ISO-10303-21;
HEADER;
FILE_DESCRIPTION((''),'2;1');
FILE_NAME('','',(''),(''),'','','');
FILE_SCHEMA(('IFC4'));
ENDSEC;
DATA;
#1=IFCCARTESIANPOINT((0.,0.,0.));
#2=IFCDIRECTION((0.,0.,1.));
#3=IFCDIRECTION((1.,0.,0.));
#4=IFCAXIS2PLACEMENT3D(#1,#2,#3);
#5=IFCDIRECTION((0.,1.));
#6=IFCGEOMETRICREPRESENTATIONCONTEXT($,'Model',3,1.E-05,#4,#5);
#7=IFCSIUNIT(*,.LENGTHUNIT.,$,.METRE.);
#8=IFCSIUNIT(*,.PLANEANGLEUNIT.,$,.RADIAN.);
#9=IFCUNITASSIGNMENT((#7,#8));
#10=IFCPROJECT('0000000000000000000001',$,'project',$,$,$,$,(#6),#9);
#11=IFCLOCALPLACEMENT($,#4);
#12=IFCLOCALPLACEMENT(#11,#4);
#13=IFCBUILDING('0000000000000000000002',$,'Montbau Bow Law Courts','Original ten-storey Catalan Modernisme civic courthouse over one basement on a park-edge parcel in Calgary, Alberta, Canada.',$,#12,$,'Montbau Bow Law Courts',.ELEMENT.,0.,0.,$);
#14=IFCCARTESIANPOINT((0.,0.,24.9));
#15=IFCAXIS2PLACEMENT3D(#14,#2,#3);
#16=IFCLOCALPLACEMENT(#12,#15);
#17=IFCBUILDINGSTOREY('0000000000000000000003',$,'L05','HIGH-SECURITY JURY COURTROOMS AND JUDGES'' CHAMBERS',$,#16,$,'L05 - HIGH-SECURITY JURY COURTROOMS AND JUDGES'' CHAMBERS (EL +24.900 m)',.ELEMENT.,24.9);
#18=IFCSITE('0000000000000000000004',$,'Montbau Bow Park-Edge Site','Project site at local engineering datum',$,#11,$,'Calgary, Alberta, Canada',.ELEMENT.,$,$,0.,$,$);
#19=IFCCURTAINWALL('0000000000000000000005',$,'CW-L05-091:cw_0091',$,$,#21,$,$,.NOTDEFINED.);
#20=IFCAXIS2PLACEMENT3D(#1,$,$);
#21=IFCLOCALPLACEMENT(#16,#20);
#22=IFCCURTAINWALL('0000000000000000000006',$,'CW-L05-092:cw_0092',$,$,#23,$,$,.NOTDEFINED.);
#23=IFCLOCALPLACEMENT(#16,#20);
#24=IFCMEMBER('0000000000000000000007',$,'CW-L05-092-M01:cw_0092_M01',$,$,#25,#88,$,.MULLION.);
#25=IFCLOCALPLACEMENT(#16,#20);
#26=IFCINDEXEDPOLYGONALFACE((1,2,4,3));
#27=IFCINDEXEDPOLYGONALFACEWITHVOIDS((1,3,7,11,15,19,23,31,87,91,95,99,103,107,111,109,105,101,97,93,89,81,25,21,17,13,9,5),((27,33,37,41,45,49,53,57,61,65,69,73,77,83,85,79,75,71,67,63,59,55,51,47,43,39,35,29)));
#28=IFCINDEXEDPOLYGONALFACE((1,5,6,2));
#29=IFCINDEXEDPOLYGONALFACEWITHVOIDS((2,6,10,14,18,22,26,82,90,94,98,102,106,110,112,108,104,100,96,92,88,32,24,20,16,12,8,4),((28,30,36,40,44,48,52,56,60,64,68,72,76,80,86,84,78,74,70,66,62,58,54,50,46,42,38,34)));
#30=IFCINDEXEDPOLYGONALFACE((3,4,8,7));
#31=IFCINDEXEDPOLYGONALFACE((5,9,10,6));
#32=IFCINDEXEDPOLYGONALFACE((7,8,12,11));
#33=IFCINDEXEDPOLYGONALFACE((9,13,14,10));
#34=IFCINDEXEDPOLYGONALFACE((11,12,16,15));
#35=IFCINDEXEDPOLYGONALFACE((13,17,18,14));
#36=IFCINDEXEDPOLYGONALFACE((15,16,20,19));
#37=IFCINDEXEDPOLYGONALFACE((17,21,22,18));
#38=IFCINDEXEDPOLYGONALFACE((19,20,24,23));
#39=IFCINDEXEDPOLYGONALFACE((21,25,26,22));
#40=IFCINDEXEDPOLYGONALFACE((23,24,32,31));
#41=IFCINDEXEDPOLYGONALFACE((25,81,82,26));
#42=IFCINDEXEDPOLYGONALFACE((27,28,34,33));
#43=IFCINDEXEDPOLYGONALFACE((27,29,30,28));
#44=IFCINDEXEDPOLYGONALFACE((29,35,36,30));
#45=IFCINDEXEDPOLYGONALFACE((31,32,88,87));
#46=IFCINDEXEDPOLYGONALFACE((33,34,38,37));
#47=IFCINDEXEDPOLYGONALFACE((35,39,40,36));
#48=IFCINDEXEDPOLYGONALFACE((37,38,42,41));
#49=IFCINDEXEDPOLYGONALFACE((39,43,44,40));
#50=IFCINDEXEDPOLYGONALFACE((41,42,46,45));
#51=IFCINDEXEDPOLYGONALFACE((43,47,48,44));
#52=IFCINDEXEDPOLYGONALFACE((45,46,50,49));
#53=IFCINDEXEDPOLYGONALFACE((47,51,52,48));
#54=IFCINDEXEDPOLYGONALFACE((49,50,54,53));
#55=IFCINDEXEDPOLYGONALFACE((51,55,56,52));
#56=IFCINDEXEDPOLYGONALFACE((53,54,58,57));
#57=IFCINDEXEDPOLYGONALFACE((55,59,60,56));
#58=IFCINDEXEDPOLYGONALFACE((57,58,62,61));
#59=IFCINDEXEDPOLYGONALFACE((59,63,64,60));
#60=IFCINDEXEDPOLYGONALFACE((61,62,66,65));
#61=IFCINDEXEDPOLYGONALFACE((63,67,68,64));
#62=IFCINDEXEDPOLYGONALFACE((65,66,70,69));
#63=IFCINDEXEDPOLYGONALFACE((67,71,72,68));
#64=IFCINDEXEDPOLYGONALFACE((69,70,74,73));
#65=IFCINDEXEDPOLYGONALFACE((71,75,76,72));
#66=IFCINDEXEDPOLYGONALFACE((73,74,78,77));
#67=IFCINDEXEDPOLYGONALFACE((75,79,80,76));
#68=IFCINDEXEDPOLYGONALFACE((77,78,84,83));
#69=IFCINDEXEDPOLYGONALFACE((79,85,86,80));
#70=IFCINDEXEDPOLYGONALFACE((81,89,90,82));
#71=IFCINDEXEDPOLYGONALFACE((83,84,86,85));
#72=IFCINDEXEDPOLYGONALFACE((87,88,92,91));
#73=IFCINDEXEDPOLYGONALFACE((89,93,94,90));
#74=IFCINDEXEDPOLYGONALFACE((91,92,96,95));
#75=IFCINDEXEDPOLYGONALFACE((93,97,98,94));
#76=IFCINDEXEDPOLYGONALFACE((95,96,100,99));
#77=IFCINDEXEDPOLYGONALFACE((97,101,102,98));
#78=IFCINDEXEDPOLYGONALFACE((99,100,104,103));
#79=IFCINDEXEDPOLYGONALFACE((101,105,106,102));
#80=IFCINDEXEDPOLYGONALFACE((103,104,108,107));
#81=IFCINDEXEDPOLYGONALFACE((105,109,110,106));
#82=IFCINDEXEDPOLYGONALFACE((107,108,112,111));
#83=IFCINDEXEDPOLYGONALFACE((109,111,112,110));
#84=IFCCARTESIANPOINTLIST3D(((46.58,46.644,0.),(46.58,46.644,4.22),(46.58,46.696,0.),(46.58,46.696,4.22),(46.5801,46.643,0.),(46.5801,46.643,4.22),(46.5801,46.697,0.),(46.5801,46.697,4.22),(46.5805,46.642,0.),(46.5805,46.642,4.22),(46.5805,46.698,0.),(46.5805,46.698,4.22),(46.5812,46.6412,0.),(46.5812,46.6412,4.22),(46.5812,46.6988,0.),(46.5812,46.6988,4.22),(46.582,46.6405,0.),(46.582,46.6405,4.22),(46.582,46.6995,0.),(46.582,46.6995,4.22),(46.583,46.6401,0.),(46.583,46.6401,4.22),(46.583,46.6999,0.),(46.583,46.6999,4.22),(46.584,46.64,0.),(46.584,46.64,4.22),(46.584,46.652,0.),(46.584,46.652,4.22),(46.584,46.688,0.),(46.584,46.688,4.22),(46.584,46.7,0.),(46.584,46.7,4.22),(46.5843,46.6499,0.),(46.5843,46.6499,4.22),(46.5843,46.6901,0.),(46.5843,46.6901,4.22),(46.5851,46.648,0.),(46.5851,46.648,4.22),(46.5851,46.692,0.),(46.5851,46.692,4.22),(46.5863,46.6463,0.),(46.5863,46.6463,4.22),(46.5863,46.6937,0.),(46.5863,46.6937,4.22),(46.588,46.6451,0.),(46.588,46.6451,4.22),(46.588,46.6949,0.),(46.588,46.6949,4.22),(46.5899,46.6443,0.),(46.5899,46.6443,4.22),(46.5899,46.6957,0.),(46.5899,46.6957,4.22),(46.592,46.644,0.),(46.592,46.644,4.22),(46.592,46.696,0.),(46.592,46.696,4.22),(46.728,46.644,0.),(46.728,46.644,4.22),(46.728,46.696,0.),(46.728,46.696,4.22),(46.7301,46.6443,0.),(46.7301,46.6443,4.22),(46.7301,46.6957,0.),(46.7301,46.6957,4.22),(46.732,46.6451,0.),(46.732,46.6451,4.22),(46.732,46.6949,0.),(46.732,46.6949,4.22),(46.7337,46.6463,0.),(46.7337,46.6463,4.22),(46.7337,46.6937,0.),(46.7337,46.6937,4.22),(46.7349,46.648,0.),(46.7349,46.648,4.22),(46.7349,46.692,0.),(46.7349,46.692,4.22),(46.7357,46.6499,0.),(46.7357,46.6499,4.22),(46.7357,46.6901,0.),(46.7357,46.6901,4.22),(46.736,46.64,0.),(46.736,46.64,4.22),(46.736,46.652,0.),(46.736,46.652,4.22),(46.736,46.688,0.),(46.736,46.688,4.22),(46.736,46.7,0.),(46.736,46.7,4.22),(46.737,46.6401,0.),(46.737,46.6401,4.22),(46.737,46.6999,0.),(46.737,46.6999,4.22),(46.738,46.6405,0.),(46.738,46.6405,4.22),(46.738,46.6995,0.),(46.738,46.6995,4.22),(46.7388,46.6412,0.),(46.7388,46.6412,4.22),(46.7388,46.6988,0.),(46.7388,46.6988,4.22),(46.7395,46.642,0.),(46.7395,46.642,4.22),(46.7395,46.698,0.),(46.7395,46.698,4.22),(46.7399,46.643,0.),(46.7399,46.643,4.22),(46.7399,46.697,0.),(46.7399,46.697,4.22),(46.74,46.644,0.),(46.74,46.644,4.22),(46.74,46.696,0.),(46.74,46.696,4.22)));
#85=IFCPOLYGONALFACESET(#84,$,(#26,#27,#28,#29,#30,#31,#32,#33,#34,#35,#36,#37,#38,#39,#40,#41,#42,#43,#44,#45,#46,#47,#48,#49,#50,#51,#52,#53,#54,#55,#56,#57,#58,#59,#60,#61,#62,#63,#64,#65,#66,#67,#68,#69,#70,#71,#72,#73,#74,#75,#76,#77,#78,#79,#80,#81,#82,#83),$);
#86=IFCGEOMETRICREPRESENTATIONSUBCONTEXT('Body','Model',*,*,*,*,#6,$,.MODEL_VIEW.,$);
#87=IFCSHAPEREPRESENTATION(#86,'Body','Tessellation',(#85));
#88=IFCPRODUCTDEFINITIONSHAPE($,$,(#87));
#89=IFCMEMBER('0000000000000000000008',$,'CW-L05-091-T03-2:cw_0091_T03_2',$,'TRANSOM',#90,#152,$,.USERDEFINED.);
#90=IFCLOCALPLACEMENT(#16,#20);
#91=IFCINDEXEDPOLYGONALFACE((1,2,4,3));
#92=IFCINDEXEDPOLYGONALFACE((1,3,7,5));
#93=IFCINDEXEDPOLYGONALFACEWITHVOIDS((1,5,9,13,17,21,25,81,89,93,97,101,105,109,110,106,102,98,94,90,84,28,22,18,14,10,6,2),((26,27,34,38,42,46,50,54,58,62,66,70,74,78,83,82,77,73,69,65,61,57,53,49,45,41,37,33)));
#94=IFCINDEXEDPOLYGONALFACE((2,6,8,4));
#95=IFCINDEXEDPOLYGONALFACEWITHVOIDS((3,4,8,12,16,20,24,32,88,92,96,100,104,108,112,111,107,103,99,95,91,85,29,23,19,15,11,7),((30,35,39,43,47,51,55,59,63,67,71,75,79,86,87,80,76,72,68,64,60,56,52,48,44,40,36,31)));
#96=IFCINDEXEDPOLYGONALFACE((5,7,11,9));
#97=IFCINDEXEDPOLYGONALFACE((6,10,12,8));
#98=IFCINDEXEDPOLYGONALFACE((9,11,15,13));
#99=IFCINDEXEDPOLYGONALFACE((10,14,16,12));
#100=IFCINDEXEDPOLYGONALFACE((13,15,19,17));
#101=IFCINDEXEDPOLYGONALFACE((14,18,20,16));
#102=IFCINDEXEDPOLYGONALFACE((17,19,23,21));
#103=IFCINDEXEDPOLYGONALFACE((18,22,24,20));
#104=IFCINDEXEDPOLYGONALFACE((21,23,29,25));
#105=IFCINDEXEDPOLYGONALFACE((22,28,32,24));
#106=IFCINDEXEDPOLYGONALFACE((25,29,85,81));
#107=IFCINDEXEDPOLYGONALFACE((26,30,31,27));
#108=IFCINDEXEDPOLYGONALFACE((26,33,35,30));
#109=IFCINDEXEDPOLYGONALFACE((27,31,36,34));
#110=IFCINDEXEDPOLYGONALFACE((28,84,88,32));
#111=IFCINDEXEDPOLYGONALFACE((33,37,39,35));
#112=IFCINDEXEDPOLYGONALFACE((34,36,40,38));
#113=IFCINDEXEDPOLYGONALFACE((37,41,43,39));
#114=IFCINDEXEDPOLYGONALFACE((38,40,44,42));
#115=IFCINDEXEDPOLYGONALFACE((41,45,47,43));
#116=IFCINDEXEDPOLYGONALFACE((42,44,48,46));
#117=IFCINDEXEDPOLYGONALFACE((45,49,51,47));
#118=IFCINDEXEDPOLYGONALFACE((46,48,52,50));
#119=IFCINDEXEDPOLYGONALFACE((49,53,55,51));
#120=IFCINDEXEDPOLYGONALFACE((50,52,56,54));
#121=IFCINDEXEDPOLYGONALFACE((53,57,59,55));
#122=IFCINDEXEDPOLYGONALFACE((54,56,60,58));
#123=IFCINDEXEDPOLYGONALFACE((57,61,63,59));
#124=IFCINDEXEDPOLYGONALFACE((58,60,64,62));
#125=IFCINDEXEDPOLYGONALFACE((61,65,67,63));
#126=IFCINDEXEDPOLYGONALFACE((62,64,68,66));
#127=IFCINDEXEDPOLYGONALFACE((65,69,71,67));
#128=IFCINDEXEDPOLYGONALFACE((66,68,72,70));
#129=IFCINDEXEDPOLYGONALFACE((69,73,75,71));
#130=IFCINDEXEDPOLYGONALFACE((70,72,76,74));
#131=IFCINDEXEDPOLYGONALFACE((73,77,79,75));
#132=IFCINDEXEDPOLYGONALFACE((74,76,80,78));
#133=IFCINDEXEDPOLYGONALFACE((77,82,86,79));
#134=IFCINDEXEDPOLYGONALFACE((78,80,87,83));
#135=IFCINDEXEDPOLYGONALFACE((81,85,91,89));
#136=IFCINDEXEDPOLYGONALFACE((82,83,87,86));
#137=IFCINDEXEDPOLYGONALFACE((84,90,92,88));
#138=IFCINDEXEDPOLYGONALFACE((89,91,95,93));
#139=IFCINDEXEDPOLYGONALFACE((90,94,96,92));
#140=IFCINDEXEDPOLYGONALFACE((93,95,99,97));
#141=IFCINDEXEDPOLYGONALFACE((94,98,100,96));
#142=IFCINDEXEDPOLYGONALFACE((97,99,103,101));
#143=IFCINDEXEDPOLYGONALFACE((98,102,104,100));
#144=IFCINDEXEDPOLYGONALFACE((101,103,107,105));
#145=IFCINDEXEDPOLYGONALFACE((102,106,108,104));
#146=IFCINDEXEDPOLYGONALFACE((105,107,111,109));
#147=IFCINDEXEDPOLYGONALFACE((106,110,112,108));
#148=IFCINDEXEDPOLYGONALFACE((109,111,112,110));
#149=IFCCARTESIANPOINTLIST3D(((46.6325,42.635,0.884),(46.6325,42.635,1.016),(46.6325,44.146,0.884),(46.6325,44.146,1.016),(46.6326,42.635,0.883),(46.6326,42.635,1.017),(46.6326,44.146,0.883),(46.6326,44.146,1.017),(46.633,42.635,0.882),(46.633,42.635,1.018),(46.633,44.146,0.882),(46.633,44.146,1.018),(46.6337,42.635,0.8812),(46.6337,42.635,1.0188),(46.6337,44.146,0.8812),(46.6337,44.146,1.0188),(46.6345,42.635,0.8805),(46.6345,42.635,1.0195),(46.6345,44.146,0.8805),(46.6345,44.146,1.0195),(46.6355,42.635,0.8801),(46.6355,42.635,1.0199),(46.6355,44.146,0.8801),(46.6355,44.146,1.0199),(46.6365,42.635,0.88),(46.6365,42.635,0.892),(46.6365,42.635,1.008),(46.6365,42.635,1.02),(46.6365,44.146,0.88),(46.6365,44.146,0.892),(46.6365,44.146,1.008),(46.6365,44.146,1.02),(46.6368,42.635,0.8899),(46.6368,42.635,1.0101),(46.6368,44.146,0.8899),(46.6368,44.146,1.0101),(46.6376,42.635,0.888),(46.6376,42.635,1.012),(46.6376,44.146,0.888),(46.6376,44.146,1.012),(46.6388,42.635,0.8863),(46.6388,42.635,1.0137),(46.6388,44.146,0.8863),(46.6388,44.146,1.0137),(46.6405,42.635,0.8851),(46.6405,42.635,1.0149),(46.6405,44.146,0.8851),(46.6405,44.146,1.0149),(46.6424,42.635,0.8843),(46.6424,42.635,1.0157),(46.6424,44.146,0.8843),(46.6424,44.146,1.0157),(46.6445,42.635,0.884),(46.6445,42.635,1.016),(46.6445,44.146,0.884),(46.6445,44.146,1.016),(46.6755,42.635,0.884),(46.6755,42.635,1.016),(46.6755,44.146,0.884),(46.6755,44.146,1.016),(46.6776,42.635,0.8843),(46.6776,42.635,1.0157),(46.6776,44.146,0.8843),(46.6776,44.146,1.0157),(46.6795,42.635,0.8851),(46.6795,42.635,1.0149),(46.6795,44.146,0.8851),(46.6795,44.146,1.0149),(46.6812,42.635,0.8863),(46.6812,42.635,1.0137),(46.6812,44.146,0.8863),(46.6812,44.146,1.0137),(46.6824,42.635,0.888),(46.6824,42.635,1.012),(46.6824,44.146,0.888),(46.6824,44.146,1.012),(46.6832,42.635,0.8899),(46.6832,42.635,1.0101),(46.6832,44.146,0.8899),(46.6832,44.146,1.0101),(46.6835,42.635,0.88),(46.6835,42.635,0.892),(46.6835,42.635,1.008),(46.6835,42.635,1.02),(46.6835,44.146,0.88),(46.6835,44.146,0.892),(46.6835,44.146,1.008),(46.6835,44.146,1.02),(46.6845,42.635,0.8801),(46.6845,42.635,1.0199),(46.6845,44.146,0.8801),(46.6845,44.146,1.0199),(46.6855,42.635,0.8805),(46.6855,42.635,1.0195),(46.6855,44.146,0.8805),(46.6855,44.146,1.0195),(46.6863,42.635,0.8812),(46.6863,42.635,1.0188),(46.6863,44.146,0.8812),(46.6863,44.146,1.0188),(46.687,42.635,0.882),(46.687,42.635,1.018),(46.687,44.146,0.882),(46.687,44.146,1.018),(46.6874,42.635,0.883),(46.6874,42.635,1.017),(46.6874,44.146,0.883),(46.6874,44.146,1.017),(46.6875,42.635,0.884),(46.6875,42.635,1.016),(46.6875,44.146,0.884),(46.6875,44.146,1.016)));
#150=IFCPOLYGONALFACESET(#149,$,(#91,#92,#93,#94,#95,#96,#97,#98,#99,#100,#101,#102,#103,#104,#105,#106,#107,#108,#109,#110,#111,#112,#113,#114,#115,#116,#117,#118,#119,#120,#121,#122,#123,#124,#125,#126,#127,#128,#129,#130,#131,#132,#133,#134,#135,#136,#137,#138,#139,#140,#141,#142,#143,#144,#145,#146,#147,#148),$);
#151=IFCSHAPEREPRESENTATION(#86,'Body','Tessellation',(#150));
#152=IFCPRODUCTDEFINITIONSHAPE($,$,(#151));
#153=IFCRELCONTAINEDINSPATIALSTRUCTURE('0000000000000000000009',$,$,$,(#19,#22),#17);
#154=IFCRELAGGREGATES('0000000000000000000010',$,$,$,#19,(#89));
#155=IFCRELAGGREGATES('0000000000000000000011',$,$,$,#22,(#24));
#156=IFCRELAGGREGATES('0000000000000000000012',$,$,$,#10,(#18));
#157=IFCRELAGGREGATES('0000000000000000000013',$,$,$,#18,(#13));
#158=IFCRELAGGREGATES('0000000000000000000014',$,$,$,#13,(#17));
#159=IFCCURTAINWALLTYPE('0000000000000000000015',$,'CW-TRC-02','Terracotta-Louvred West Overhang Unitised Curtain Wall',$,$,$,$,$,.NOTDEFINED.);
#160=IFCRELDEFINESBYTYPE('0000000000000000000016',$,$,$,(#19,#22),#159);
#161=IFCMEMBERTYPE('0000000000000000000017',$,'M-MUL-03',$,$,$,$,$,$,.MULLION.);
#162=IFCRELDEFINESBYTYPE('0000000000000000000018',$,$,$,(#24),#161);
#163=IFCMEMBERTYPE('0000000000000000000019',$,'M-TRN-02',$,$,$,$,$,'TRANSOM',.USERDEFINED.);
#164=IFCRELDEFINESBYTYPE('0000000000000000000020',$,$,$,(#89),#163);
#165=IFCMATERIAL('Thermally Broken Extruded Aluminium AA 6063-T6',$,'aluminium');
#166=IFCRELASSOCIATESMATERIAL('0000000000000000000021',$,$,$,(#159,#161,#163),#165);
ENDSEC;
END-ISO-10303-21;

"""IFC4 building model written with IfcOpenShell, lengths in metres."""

from ifc_helpers import new_model, si_unit, direction, frame, origin_with_axes, origin_2d_with_axis, place, context, subcontext, project, spatial, hollow_rectangle, extrude, material, material_profile, profile_set, type_object, element, aggregate, save


model = new_model("IFC4")

# Units and contexts
model_context = context("Model", 3, precision=1e-05, world=origin_with_axes(), true_north=direction((0.0, 1.0)))
body_context = subcontext(model_context, "Body", "Model", "MODEL_VIEW")
ifc_project = project(units=[si_unit("LENGTHUNIT", "METRE"), si_unit("PLANEANGLEUNIT", "RADIAN")], contexts=[model_context])

# Site, building, storey
site_placement = place(None, origin_with_axes())
site = spatial("IfcSite", under=ifc_project, at=site_placement, Name="Montbau Bow Park-Edge Site", Description="Project site at local engineering datum", LongName="Calgary, Alberta, Canada", CompositionType="ELEMENT", RefElevation=0.0)
building_placement = place(site_placement, origin_with_axes())
building = spatial("IfcBuilding", under=site, at=building_placement, Name="Montbau Bow Law Courts", Description="Original ten-storey Catalan Modernisme civic courthouse over one basement on a park-edge parcel in Calgary, Alberta, Canada.", LongName="Montbau Bow Law Courts", CompositionType="ELEMENT", ElevationOfRefHeight=0.0, ElevationOfTerrain=0.0)
storey_placement = place(building_placement, frame((0.0, 0.0, 24.9), z_axis=(0.0, 0.0, 1.0), x_axis=(1.0, 0.0, 0.0)))
storey = spatial("IfcBuildingStorey", under=building, at=storey_placement, Name="L05", Description="HIGH-SECURITY JURY COURTROOMS AND JUDGES' CHAMBERS", LongName="L05 - HIGH-SECURITY JURY COURTROOMS AND JUDGES' CHAMBERS (EL +24.900 m)", CompositionType="ELEMENT", Elevation=24.9)

# Curtain wall
ifc_material_1 = material(Name="Thermally Broken Extruded Aluminium AA 6063-T6", Category="aluminium")
curtain_wall_type = type_object("IfcCurtainWallType", Name="CW-TRC-02", Description="Terracotta-Louvred West Overhang Unitised Curtain Wall", PredefinedType="NOTDEFINED", material=ifc_material_1)
curtain_wall_1_placement = place(None, frame((46.66, 39.44, 24.9), z_axis=(0.0, 0.0, 1.0), x_axis=(1.0, 0.0, 0.0)))
curtain_wall_1 = element("IfcCurtainWall", 1, at=curtain_wall_1_placement, inside=storey, type_object=curtain_wall_type, Name="CW-L05-091:cw_0091", PredefinedType="NOTDEFINED")

# Curtain wall, member
curtain_wall_2_placement = place(None, frame((46.66, 46.64, 24.9), z_axis=(0.0, 0.0, 1.0), x_axis=(1.0, 0.0, 0.0)))
curtain_wall_2 = element("IfcCurtainWall", 2, at=curtain_wall_2_placement, inside=storey, type_object=curtain_wall_type, Name="CW-L05-092:cw_0092", PredefinedType="NOTDEFINED")
ifc_material_profile_1 = material_profile(ifc_material_1, hollow_rectangle(XDim=0.06, YDim=0.16, WallThickness=0.004, InnerFilletRadius=0.008, OuterFilletRadius=0.004, at=origin_2d_with_axis()), Name="CWM-160X60", Category="Main", Priority=0)
ifc_profile_set_1 = profile_set([ifc_material_profile_1], Name="Thermally Broken Extruded Aluminium AA 6063-T6")
member_type_1 = type_object("IfcMemberType", Name="M-MUL-03", PredefinedType="MULLION", material=ifc_profile_set_1)
member_1_placement = place(None, frame((46.66, 46.67, 24.9), z_axis=(0.0, 0.0, 1.0), x_axis=(0.0, 1.0, 0.0)))
member_1 = element("IfcMember", 3, at=member_1_placement, type_object=member_type_1, Name="CW-L05-092-M01:cw_0092_M01", PredefinedType="MULLION", context=body_context, shape_type="SweptSolid", body=[
    extrude(hollow_rectangle(XDim=0.06, YDim=0.16, WallThickness=0.004, InnerFilletRadius=0.008, OuterFilletRadius=0.004, at=origin_2d_with_axis()), origin_with_axes(), (0.0, 0.0, 1.0), 4.22),
])

# Member
ifc_material_profile_2 = material_profile(ifc_material_1, hollow_rectangle(XDim=0.055, YDim=0.14, WallThickness=0.004, InnerFilletRadius=0.008, OuterFilletRadius=0.004, at=origin_2d_with_axis()), Name="CWT-140X55", Category="Main", Priority=0)
ifc_profile_set_2 = profile_set([ifc_material_profile_2], Name="Thermally Broken Extruded Aluminium AA 6063-T6")
member_type_2 = type_object("IfcMemberType", Name="M-TRN-02", ElementType="TRANSOM", PredefinedType="USERDEFINED", material=ifc_profile_set_2)
member_2_placement = place(None, frame((46.66, 42.635, 25.85), z_axis=(0.0, 1.0, 0.0), x_axis=(-1.0, 0.0, 0.0)))
member_2 = element("IfcMember", 4, at=member_2_placement, type_object=member_type_2, Name="CW-L05-091-T03-2:cw_0091_T03_2", ObjectType="TRANSOM", PredefinedType="USERDEFINED", context=body_context, shape_type="SweptSolid", body=[
    extrude(hollow_rectangle(XDim=0.055, YDim=0.14, WallThickness=0.004, InnerFilletRadius=0.008, OuterFilletRadius=0.004, at=origin_2d_with_axis()), origin_with_axes(), (0.0, 0.0, 1.0), 1.511),
])

aggregate(curtain_wall_1, [member_2])
aggregate(curtain_wall_2, [member_1])

save(model, "model.ifc")
